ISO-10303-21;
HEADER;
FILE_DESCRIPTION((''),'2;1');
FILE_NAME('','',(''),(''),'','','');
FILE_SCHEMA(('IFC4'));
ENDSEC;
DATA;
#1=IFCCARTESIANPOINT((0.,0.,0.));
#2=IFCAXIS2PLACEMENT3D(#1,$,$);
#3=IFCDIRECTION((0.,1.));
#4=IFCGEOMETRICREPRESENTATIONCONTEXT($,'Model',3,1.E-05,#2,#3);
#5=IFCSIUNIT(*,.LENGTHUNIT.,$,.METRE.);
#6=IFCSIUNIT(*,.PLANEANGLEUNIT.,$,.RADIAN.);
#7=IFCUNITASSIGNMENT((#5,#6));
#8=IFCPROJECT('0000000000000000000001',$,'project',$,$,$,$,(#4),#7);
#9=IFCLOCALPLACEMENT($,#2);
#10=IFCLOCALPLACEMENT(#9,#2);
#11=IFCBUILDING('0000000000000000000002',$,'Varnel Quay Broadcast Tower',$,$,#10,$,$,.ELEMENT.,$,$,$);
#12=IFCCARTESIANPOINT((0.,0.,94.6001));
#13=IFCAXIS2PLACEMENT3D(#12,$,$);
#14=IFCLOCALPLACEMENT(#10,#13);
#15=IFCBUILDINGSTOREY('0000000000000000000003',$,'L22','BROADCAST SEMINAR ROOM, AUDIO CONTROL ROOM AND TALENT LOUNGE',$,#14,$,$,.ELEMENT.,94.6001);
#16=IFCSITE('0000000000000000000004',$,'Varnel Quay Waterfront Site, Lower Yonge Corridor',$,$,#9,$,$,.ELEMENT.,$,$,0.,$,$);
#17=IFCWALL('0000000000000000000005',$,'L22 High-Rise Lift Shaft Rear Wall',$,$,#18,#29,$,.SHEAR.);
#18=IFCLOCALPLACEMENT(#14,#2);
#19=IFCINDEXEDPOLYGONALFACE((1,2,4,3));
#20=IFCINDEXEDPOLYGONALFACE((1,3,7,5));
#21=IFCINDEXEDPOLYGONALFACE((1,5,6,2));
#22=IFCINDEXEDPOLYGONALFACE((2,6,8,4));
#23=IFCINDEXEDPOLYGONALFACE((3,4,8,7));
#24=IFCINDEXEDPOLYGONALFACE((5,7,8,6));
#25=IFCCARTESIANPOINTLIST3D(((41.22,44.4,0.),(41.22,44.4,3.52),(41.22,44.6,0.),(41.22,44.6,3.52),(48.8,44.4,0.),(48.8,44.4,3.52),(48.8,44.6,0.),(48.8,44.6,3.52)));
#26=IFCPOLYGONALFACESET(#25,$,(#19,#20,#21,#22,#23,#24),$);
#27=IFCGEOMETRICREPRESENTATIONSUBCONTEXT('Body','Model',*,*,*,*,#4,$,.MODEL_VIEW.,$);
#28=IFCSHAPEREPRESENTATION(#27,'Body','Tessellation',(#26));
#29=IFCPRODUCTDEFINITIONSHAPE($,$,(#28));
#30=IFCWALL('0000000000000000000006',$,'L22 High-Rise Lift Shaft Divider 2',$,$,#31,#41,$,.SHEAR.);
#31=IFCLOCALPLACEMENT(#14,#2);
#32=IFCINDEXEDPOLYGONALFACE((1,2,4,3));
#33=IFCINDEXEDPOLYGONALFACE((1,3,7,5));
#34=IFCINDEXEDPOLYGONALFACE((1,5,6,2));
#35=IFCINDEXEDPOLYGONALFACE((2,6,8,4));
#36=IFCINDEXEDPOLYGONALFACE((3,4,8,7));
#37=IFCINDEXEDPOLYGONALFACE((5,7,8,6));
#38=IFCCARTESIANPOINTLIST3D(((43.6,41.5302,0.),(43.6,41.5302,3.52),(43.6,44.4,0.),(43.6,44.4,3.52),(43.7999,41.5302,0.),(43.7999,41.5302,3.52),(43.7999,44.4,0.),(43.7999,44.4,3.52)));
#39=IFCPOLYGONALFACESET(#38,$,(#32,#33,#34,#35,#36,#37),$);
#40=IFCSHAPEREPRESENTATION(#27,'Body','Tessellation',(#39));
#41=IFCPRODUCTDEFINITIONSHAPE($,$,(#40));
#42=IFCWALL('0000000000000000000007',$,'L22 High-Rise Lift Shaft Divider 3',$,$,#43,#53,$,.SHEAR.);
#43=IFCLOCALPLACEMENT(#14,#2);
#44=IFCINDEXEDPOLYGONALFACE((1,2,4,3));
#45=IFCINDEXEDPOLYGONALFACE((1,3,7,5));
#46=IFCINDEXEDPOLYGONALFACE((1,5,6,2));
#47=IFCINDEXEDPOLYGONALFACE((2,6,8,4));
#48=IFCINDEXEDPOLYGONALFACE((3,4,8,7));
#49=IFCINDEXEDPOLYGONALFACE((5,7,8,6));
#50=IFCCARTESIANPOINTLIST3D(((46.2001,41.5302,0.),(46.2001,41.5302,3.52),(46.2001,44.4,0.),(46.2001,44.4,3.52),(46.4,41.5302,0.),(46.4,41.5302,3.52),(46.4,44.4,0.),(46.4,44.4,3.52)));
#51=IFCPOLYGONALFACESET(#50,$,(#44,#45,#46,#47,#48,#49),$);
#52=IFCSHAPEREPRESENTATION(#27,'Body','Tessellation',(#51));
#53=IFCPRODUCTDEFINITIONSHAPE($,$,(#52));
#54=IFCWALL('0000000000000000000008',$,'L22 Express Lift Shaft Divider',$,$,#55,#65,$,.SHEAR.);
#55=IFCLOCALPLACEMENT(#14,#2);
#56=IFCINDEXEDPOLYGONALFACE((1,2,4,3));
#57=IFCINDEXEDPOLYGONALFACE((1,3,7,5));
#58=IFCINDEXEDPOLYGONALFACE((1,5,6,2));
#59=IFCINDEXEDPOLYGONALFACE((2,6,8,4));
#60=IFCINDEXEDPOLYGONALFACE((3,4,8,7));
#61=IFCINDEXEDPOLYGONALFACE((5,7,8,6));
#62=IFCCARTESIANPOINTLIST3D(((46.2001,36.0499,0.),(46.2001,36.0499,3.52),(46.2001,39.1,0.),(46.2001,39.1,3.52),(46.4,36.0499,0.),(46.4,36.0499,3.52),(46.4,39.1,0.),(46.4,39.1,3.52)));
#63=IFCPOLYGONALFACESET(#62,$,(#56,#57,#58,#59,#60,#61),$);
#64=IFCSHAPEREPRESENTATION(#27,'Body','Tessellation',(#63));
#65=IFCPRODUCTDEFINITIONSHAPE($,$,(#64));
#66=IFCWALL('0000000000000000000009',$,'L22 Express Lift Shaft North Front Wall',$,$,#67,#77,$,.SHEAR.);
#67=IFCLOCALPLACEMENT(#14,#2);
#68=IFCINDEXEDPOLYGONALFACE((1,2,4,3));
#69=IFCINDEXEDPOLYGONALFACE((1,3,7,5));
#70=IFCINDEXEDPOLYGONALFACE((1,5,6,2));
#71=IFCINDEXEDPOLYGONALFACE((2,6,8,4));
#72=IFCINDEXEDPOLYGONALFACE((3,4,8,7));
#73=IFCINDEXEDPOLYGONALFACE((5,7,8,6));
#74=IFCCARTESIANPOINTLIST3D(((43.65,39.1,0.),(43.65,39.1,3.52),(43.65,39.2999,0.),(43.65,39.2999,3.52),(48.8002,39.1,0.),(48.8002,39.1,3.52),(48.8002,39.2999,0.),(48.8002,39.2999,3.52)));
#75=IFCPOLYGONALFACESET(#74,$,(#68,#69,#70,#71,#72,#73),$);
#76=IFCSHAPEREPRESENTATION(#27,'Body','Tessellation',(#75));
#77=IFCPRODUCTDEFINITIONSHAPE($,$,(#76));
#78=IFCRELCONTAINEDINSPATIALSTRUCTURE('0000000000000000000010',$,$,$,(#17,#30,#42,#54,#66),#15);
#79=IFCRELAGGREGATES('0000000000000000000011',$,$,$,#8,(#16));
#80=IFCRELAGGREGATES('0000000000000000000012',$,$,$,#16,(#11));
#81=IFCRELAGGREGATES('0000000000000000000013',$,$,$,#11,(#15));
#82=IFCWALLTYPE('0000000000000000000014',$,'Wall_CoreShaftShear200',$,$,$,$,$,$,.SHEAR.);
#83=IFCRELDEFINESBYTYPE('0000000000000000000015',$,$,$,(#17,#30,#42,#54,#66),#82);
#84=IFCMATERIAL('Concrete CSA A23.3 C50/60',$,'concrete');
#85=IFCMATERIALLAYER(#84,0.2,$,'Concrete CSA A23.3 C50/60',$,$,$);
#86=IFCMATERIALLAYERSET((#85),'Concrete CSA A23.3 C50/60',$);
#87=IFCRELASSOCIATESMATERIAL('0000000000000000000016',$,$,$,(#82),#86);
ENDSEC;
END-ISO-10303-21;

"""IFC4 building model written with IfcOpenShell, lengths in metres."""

from ifc_helpers import new_model, si_unit, direction, frame, frame_2d, origin, place, context, subcontext, project, spatial, rectangle, extrude, material, layer, layer_set, type_object, element, save


model = new_model("IFC4")

# Units and contexts
model_context = context("Model", 3, precision=1e-05, world=origin(), true_north=direction((0.0, 1.0)))
body_context = subcontext(model_context, "Body", "Model", "MODEL_VIEW")
ifc_project = project(units=[si_unit("LENGTHUNIT", "METRE"), si_unit("PLANEANGLEUNIT", "RADIAN")], contexts=[model_context])

# Site, building, storey
site_placement = place(None, origin())
site = spatial("IfcSite", under=ifc_project, at=site_placement, Name="Varnel Quay Waterfront Site, Lower Yonge Corridor", CompositionType="ELEMENT", RefElevation=0.0)
building_placement = place(site_placement, origin())
building = spatial("IfcBuilding", under=site, at=building_placement, Name="Varnel Quay Broadcast Tower", CompositionType="ELEMENT")
storey_placement = place(building_placement, frame((0.0, 0.0, 94.6001)))
storey = spatial("IfcBuildingStorey", under=building, at=storey_placement, Name="L22", Description="BROADCAST SEMINAR ROOM, AUDIO CONTROL ROOM AND TALENT LOUNGE", CompositionType="ELEMENT", Elevation=94.6001)

# Walls
ifc_material_1 = material(Name="Concrete CSA A23.3 C50/60", Category="concrete")
ifc_layer_1 = layer(ifc_material_1, 0.2, Name="Concrete CSA A23.3 C50/60")
ifc_layer_set_1 = layer_set([ifc_layer_1], Name="Concrete CSA A23.3 C50/60")
wall_type_1 = type_object("IfcWallType", Name="Wall_CoreShaftShear200", PredefinedType="SHEAR", material=ifc_layer_set_1)
wall_1_placement = place(storey_placement, frame((41.22, 44.5, 0.0), z_axis=(0.0, 0.0, 1.0), x_axis=(1.0, 0.0, 0.0)))
element("IfcWall", 1, at=wall_1_placement, inside=storey, type_object=wall_type_1, Name="L22 High-Rise Lift Shaft Rear Wall", PredefinedType="SHEAR", context=body_context, shape_type="SweptSolid", body=[
    extrude(rectangle(XDim=7.5801, YDim=0.2, at=frame_2d((3.79, 0.0))), origin(), (0.0, 0.0, 1.0), 3.52),
])
for number, where, z_axis, x_axis, name in (
    (2, (43.7, 41.53, 0.0), (0.0, 0.0, 1.0), (0.0, 1.0, 0.0), "L22 High-Rise Lift Shaft Divider 2"),
    (3, (46.3, 41.53, 0.0), (0.0, 0.0, 1.0), (0.0, 1.0, 0.0), "L22 High-Rise Lift Shaft Divider 3"),
):
    element("IfcWall", number, at=place(storey_placement, frame(where, z_axis=z_axis, x_axis=x_axis)), inside=storey, type_object=wall_type_1, Name=name, PredefinedType="SHEAR", context=body_context, shape_type="SweptSolid", body=[
        extrude(rectangle(XDim=2.8699, YDim=0.2, at=frame_2d((1.4351, 0.0))), origin(), (0.0, 0.0, 1.0), 3.52),
    ])
wall_2_placement = place(storey_placement, frame((46.3, 36.05, 0.0), z_axis=(0.0, 0.0, 1.0), x_axis=(0.0, 1.0, 0.0)))
element("IfcWall", 4, at=wall_2_placement, inside=storey, type_object=wall_type_1, Name="L22 Express Lift Shaft Divider", PredefinedType="SHEAR", context=body_context, shape_type="SweptSolid", body=[
    extrude(rectangle(XDim=3.05, YDim=0.2, at=frame_2d((1.5249, 0.0))), origin(), (0.0, 0.0, 1.0), 3.52),
])
wall_3_placement = place(storey_placement, frame((43.6499, 39.2, 0.0), z_axis=(0.0, 0.0, 1.0), x_axis=(1.0, 0.0, 0.0)))
element("IfcWall", 5, at=wall_3_placement, inside=storey, type_object=wall_type_1, Name="L22 Express Lift Shaft North Front Wall", PredefinedType="SHEAR", context=body_context, shape_type="SweptSolid", body=[
    extrude(rectangle(XDim=5.1501, YDim=0.2, at=frame_2d((2.5752, 0.0))), origin(), (0.0, 0.0, 1.0), 3.52),
])

save(model, "model.ifc")
